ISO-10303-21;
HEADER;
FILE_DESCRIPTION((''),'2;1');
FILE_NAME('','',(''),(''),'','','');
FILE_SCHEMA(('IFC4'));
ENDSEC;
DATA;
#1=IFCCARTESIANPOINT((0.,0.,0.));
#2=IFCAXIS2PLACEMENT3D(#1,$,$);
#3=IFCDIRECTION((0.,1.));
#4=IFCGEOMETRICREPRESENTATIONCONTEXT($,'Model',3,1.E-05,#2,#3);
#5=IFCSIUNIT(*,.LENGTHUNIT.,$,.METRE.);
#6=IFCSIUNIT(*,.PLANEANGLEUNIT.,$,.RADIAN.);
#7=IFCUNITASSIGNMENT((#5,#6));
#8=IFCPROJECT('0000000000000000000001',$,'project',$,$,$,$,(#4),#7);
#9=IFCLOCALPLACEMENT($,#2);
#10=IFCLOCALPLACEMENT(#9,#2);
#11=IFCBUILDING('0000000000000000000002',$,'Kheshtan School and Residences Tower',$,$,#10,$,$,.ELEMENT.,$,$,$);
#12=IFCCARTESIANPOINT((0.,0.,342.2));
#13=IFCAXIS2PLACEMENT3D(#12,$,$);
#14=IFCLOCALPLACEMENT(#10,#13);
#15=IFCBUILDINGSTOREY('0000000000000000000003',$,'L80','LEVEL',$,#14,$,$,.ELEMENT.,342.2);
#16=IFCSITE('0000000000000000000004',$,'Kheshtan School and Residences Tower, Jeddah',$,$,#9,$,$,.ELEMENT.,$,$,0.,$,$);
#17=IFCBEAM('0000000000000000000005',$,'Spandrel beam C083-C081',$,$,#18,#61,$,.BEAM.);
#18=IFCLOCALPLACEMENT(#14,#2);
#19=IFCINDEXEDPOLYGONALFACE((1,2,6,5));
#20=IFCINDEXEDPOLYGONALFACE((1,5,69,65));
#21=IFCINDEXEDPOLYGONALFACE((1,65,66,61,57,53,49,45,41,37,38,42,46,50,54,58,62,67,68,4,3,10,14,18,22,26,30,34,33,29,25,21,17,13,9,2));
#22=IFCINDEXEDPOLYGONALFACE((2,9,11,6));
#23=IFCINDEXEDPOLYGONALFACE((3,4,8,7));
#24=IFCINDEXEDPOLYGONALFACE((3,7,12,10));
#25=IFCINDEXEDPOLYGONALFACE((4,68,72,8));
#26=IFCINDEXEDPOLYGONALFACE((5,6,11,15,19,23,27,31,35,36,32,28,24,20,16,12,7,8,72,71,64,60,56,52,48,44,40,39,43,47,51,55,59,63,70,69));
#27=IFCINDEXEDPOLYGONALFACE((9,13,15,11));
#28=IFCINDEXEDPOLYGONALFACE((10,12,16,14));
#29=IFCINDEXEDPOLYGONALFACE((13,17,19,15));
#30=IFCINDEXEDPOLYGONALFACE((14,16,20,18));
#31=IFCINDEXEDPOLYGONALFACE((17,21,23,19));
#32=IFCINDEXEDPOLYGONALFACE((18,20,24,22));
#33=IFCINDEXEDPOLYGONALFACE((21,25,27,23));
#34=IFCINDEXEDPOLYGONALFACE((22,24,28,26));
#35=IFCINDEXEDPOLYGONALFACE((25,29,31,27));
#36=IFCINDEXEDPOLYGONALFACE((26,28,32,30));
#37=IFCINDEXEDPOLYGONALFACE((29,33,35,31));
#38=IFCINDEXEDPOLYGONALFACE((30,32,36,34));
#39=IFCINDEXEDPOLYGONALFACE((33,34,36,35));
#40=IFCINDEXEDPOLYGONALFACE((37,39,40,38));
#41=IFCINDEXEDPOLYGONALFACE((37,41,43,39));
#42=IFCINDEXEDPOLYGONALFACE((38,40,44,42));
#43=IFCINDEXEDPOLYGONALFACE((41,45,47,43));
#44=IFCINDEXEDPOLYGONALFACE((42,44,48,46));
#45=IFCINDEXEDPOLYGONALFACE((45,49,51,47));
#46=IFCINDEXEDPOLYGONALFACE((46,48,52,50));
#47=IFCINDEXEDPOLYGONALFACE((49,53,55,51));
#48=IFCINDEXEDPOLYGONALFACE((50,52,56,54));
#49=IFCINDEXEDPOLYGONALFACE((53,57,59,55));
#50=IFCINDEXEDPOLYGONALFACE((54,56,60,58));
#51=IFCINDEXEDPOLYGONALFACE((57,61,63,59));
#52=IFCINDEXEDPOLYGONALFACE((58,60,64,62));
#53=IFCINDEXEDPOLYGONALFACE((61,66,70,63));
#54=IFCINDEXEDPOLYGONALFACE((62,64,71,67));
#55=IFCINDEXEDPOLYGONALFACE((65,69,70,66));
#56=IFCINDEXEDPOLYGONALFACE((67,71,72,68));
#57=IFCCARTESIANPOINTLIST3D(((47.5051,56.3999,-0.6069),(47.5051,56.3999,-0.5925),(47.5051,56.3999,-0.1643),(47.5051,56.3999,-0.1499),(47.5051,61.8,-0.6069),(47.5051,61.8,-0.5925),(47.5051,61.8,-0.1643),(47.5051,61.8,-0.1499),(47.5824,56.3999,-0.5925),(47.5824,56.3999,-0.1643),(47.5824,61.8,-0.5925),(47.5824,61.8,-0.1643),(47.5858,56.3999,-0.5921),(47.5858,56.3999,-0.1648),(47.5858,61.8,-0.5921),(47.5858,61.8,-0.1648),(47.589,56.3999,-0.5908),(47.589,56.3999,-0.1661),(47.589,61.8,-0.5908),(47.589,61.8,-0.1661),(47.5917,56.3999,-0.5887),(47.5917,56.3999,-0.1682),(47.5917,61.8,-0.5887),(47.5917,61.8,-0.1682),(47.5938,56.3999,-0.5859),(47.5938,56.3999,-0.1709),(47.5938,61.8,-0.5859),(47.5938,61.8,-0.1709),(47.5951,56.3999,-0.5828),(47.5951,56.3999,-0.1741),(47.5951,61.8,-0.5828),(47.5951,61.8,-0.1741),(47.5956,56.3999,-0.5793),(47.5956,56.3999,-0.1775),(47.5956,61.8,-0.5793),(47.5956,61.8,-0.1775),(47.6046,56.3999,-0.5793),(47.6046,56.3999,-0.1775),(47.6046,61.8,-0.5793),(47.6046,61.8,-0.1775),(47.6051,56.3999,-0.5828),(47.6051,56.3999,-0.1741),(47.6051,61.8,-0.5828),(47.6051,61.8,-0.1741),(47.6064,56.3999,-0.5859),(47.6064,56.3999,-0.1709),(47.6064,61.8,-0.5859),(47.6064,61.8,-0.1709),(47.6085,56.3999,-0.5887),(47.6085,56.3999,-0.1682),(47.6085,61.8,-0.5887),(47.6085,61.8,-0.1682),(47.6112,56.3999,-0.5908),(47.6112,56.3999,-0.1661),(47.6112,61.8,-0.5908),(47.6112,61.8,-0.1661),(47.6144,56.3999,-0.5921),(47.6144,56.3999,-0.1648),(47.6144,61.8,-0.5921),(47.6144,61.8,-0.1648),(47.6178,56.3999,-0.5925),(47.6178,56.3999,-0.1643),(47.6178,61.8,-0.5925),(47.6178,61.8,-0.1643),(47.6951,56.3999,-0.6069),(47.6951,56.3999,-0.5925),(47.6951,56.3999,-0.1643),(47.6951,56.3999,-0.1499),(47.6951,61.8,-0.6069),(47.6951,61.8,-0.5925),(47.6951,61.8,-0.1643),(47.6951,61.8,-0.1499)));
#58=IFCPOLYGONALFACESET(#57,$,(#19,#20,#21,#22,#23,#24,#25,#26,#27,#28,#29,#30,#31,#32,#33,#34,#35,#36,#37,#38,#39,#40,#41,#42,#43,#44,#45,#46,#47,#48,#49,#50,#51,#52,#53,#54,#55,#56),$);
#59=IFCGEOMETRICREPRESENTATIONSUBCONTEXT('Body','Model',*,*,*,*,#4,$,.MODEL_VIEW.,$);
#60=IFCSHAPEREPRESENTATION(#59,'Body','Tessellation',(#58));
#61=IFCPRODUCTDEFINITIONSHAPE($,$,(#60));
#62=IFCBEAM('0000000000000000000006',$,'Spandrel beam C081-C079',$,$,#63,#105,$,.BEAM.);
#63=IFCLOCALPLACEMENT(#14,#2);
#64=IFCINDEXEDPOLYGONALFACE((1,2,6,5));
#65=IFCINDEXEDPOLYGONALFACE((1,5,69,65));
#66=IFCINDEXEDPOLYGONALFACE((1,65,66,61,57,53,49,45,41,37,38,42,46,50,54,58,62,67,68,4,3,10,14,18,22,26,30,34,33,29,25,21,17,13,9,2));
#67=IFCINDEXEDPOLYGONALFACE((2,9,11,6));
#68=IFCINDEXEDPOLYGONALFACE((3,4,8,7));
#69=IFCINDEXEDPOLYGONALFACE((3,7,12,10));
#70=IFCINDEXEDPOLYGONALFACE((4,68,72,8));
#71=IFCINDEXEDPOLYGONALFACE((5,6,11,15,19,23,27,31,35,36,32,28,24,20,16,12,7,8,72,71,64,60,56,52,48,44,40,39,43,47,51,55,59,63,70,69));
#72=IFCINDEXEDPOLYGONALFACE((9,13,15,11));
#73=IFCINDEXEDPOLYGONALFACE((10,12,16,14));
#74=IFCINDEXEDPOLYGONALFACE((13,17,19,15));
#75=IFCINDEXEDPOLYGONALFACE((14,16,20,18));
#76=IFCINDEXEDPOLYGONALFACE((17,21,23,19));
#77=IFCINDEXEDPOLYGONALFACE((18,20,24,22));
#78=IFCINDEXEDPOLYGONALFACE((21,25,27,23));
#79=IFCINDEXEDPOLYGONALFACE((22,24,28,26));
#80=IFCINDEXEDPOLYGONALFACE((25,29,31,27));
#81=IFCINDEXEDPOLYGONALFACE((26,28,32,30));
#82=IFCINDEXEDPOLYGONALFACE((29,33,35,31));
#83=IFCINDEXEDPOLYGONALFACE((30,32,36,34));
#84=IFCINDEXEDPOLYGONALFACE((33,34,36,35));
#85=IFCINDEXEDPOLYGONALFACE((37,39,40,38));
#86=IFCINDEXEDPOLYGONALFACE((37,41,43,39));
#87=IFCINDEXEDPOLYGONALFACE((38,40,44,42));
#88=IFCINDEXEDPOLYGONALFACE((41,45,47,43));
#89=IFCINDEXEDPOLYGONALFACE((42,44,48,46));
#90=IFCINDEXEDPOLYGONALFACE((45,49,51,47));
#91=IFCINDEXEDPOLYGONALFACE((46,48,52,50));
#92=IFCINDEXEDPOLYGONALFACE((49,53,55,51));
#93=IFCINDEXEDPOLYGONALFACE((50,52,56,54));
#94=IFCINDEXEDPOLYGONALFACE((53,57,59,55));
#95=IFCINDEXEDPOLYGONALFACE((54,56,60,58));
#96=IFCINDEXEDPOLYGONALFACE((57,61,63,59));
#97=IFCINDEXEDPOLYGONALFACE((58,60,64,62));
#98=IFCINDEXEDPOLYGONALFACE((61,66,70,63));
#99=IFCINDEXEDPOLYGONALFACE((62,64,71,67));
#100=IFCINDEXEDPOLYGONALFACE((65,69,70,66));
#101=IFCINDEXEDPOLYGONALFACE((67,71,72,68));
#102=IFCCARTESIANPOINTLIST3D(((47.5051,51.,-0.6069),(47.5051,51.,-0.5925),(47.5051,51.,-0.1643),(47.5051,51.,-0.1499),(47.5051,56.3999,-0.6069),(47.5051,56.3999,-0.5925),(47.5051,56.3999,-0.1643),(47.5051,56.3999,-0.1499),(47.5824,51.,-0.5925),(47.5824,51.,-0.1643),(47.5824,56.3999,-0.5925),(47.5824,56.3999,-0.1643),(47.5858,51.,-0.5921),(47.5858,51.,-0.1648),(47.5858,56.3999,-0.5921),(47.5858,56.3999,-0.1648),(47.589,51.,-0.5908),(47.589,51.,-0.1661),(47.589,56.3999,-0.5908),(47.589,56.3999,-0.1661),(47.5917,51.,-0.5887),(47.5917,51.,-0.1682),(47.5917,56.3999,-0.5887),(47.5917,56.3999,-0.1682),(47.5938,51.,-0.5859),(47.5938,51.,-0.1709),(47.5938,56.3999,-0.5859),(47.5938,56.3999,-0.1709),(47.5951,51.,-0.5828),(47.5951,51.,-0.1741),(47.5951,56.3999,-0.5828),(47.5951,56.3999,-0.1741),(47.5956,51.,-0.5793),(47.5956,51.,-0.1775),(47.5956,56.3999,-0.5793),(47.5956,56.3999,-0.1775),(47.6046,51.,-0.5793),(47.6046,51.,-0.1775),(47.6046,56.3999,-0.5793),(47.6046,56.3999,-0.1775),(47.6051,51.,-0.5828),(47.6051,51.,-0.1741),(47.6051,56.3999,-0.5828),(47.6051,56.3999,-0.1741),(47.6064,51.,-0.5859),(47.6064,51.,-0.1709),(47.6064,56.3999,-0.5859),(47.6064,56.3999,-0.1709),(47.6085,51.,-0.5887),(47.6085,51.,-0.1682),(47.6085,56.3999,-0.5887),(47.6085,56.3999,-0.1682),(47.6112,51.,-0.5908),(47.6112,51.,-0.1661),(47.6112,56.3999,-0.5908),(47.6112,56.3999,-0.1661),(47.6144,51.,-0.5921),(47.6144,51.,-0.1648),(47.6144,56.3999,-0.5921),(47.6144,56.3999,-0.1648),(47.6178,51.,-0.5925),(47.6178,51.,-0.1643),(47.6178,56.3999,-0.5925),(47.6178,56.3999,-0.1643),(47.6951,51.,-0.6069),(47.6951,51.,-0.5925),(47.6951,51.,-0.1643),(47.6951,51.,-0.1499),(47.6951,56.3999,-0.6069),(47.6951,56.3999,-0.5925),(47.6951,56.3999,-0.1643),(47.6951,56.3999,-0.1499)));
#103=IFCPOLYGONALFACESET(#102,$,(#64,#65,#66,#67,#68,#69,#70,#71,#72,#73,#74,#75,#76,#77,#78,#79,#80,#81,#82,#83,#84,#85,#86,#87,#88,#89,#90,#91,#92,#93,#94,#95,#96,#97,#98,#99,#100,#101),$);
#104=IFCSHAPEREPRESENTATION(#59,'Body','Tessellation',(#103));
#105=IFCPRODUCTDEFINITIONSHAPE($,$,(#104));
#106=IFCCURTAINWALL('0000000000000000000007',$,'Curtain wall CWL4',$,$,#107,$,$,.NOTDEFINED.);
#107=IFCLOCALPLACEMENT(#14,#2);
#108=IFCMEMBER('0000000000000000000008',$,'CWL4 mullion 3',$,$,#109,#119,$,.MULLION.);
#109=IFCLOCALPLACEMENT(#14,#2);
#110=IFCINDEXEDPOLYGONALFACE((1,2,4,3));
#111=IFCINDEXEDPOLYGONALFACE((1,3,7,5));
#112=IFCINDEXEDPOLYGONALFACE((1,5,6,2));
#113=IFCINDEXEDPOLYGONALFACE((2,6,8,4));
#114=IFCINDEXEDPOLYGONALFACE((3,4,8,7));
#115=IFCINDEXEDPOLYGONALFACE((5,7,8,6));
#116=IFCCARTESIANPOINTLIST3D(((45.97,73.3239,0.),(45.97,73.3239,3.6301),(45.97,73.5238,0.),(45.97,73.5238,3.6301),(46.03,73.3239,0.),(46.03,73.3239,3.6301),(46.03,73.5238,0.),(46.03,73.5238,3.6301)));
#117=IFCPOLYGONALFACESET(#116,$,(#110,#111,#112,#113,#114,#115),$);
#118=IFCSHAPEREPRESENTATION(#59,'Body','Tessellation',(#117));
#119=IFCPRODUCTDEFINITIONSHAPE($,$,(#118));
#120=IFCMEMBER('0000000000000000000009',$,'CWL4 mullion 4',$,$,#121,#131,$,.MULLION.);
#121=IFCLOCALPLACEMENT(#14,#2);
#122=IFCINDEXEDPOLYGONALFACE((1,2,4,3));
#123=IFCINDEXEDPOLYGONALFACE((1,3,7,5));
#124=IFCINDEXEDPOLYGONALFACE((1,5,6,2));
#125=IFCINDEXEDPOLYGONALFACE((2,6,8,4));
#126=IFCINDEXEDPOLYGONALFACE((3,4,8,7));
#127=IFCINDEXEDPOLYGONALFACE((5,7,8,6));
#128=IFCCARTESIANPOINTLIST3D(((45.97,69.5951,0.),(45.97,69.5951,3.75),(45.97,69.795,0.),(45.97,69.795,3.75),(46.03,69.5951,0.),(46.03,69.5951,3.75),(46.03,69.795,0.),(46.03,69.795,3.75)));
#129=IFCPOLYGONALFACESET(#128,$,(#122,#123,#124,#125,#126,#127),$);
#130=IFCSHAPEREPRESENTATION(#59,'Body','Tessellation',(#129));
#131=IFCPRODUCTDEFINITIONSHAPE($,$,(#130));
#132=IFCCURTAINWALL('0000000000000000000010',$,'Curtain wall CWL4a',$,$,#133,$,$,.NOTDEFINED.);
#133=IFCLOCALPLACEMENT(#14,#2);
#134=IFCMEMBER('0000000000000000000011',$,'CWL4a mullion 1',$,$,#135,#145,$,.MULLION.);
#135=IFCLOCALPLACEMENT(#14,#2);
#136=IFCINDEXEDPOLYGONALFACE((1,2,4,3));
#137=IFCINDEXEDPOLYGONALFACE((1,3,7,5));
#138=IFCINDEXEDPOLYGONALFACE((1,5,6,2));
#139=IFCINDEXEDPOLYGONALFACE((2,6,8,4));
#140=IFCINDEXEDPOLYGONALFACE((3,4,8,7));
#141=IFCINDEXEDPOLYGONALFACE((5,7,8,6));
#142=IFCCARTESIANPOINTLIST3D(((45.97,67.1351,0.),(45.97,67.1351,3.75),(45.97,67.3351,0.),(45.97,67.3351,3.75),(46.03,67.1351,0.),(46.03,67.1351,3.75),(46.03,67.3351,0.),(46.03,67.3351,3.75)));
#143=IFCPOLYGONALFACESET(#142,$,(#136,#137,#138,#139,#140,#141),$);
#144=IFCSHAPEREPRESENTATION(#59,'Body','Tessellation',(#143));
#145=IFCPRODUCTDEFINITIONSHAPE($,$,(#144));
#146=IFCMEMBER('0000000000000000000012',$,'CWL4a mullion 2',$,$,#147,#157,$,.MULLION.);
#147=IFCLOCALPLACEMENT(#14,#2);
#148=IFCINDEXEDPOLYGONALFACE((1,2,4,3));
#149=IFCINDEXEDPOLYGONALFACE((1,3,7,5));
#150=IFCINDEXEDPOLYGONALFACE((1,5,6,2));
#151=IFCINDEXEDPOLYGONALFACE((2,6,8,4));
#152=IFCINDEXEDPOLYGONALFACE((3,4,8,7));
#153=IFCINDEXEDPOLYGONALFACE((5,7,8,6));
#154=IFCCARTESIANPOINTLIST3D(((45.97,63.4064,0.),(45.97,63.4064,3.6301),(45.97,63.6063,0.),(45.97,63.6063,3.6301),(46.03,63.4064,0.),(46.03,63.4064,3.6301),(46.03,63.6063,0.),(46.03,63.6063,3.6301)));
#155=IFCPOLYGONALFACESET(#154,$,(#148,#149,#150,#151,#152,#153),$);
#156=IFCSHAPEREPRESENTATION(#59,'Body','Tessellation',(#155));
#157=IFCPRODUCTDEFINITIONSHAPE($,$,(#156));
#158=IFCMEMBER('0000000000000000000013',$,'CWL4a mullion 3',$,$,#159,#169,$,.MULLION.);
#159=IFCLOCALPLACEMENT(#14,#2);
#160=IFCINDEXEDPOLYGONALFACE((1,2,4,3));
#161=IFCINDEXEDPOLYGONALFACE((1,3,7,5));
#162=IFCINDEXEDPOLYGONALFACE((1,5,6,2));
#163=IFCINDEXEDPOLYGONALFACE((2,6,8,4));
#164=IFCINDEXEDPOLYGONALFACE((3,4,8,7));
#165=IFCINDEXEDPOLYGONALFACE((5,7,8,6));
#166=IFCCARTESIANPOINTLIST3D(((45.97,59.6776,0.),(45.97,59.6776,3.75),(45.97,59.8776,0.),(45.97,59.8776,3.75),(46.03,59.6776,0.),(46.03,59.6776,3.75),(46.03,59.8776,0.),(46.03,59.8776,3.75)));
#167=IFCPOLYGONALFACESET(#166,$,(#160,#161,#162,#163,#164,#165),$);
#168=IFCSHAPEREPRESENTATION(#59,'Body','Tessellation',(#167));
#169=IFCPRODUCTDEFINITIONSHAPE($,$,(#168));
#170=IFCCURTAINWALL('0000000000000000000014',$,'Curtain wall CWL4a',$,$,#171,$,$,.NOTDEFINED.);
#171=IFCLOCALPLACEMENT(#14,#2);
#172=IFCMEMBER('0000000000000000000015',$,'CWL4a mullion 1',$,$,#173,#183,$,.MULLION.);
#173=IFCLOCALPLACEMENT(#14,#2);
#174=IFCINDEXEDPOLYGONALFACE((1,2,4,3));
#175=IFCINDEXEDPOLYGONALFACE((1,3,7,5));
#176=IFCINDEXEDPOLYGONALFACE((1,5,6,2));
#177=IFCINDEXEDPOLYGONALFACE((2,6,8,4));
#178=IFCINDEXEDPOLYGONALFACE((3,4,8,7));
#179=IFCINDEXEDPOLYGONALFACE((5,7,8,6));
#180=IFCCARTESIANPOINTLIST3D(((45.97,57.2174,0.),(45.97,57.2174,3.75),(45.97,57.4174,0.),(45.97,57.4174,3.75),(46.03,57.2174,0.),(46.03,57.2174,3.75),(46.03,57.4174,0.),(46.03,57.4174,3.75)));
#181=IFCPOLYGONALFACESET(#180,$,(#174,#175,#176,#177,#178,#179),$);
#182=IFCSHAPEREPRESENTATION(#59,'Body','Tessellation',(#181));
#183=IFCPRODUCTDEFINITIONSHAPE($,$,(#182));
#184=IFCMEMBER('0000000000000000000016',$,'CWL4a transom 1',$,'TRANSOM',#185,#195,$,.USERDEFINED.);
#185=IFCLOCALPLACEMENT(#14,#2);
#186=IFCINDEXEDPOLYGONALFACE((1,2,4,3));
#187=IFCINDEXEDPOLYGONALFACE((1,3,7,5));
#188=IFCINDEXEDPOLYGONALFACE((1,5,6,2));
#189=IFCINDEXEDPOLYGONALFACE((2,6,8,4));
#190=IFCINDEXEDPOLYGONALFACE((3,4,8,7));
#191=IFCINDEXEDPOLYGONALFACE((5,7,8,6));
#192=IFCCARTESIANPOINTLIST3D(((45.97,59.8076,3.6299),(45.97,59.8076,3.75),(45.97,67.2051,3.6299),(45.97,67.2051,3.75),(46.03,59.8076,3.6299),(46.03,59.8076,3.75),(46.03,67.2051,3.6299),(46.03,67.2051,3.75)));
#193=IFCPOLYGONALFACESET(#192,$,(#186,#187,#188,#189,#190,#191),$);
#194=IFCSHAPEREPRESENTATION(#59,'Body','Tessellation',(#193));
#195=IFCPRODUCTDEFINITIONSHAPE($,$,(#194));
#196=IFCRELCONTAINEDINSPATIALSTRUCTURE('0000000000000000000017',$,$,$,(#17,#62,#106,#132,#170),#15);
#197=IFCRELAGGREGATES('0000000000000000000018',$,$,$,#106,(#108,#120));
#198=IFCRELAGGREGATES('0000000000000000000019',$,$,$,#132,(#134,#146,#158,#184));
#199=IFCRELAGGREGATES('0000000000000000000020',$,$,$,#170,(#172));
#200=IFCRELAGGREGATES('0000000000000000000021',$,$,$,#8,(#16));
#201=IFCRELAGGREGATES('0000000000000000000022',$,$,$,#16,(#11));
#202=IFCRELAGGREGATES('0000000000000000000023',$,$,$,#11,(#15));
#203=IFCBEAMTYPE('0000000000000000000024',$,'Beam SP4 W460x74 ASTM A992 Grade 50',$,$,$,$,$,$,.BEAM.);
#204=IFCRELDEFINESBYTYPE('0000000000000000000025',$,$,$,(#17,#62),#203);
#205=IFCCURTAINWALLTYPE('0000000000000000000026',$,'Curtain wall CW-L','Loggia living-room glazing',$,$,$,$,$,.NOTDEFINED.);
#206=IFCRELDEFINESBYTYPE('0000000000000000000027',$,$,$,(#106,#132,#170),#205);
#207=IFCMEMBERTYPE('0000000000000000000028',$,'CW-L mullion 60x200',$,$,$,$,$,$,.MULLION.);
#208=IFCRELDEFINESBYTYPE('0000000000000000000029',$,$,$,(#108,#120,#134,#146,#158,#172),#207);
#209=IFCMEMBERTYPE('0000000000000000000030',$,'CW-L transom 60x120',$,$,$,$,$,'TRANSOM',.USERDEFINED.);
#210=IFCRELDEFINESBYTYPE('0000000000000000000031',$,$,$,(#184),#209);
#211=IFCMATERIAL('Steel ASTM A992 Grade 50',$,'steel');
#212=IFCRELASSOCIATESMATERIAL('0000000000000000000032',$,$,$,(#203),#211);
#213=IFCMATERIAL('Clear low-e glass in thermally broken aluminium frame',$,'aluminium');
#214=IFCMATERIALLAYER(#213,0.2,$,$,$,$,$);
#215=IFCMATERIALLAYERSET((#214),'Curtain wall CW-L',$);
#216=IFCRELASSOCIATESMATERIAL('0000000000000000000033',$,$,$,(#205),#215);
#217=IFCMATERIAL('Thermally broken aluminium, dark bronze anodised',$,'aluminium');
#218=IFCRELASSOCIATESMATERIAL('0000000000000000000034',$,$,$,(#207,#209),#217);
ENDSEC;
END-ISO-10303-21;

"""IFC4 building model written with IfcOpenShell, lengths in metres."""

from ifc_helpers import new_model, si_unit, direction, frame, origin, origin_2d, place, context, subcontext, project, spatial, rectangle, i_section, extrude, material, layer, layer_set, material_profile, profile_set, type_object, element, aggregate, save


model = new_model("IFC4")

# Units and contexts
model_context = context("Model", 3, precision=1e-05, world=origin(), true_north=direction((0.0, 1.0)))
body_context = subcontext(model_context, "Body", "Model", "MODEL_VIEW")
ifc_project = project(units=[si_unit("LENGTHUNIT", "METRE"), si_unit("PLANEANGLEUNIT", "RADIAN")], contexts=[model_context])

# Site, building, storey
site_placement = place(None, origin())
site = spatial("IfcSite", under=ifc_project, at=site_placement, Name="Kheshtan School and Residences Tower, Jeddah", CompositionType="ELEMENT", RefElevation=0.0)
building_placement = place(site_placement, origin())
building = spatial("IfcBuilding", under=site, at=building_placement, Name="Kheshtan School and Residences Tower", CompositionType="ELEMENT")
storey_placement = place(building_placement, frame((0.0, 0.0, 342.2)))
storey = spatial("IfcBuildingStorey", under=building, at=storey_placement, Name="L80", Description="LEVEL", CompositionType="ELEMENT", Elevation=342.2)

# Shared definitions
ifc_material_1 = material(Name="Steel ASTM A992 Grade 50", Category="steel")

# Beams
ifc_material_profile_1 = material_profile(ifc_material_1, i_section(OverallWidth=0.1899, OverallDepth=0.457, WebThickness=0.009, FlangeThickness=0.0144, FilletRadius=0.0132, at=origin_2d()), Name="W460x74")
ifc_profile_set_1 = profile_set([ifc_material_profile_1], Name="Steel ASTM A992 Grade 50")
beam_type_1 = type_object("IfcBeamType", Name="Beam SP4 W460x74 ASTM A992 Grade 50", PredefinedType="BEAM", material=ifc_profile_set_1)
beam_1_placement = place(storey_placement, frame((47.6001, 61.8, -0.3784), z_axis=(0.0, -1.0, 0.0), x_axis=(1.0, 0.0, 0.0)))
element("IfcBeam", 1, at=beam_1_placement, inside=storey, type_object=beam_type_1, Name="Spandrel beam C083-C081", PredefinedType="BEAM", context=body_context, shape_type="SweptSolid", body=[
    extrude(i_section(OverallWidth=0.1899, OverallDepth=0.457, WebThickness=0.009, FlangeThickness=0.0144, FilletRadius=0.0132, at=origin_2d()), origin(), (0.0, 0.0, 1.0), 5.4001),
])
beam_2_placement = place(storey_placement, frame((47.6001, 56.3999, -0.3784), z_axis=(0.0, -1.0, 0.0), x_axis=(1.0, 0.0, 0.0)))
element("IfcBeam", 2, at=beam_2_placement, inside=storey, type_object=beam_type_1, Name="Spandrel beam C081-C079", PredefinedType="BEAM", context=body_context, shape_type="SweptSolid", body=[
    extrude(i_section(OverallWidth=0.1899, OverallDepth=0.457, WebThickness=0.009, FlangeThickness=0.0144, FilletRadius=0.0132, at=origin_2d()), origin(), (0.0, 0.0, 1.0), 5.3999),
])

# Curtain walls, members
ifc_material_2 = material(Name="Clear low-e glass in thermally broken aluminium frame", Category="aluminium")
ifc_layer_1 = layer(ifc_material_2, 0.2)
ifc_layer_set_1 = layer_set([ifc_layer_1], Name="Curtain wall CW-L")
curtain_wall_type = type_object("IfcCurtainWallType", Name="Curtain wall CW-L", Description="Loggia living-room glazing", PredefinedType="NOTDEFINED", material=ifc_layer_set_1)
curtain_wall_1_placement = place(storey_placement, origin())
curtain_wall_1 = element("IfcCurtainWall", 3, at=curtain_wall_1_placement, inside=storey, type_object=curtain_wall_type, Name="Curtain wall CWL4", PredefinedType="NOTDEFINED")
ifc_material_3 = material(Name="Thermally broken aluminium, dark bronze anodised", Category="aluminium")
ifc_material_profile_2 = material_profile(ifc_material_3, rectangle(XDim=0.0601, YDim=0.2, at=origin_2d()), Name="CW-L mullion 60x200")
ifc_profile_set_2 = profile_set([ifc_material_profile_2], Name="Thermally broken aluminium, dark bronze anodised")
member_type_1 = type_object("IfcMemberType", Name="CW-L mullion 60x200", PredefinedType="MULLION", material=ifc_profile_set_2)
member_1_placement = place(storey_placement, frame((46.0, 73.4238, 0.0), z_axis=(0.0, 0.0, 1.0), x_axis=(1.0, 0.0, 0.0)))
member_1 = element("IfcMember", 4, at=member_1_placement, type_object=member_type_1, Name="CWL4 mullion 3", PredefinedType="MULLION", context=body_context, shape_type="SweptSolid", body=[
    extrude(rectangle(XDim=0.0601, YDim=0.2, at=origin_2d()), origin(), (0.0, 0.0, 1.0), 3.6301),
])
member_2_placement = place(storey_placement, frame((46.0, 69.6951, 0.0), z_axis=(0.0, 0.0, 1.0), x_axis=(1.0, 0.0, 0.0)))
member_2 = element("IfcMember", 5, at=member_2_placement, type_object=member_type_1, Name="CWL4 mullion 4", PredefinedType="MULLION", context=body_context, shape_type="SweptSolid", body=[
    extrude(rectangle(XDim=0.0601, YDim=0.2, at=origin_2d()), origin(), (0.0, 0.0, 1.0), 3.75),
])
curtain_wall_2_placement = place(storey_placement, origin())
curtain_wall_2 = element("IfcCurtainWall", 6, at=curtain_wall_2_placement, inside=storey, type_object=curtain_wall_type, Name="Curtain wall CWL4a", PredefinedType="NOTDEFINED")
member_3_placement = place(storey_placement, frame((46.0, 67.2351, 0.0), z_axis=(0.0, 0.0, 1.0), x_axis=(1.0, 0.0, 0.0)))
member_3 = element("IfcMember", 7, at=member_3_placement, type_object=member_type_1, Name="CWL4a mullion 1", PredefinedType="MULLION", context=body_context, shape_type="SweptSolid", body=[
    extrude(rectangle(XDim=0.0601, YDim=0.2, at=origin_2d()), origin(), (0.0, 0.0, 1.0), 3.75),
])
member_4_placement = place(storey_placement, frame((46.0, 63.5063, 0.0), z_axis=(0.0, 0.0, 1.0), x_axis=(1.0, 0.0, 0.0)))
member_4 = element("IfcMember", 8, at=member_4_placement, type_object=member_type_1, Name="CWL4a mullion 2", PredefinedType="MULLION", context=body_context, shape_type="SweptSolid", body=[
    extrude(rectangle(XDim=0.0601, YDim=0.2, at=origin_2d()), origin(), (0.0, 0.0, 1.0), 3.6301),
])
member_5_placement = place(storey_placement, frame((46.0, 59.7776, 0.0), z_axis=(0.0, 0.0, 1.0), x_axis=(1.0, 0.0, 0.0)))
member_5 = element("IfcMember", 9, at=member_5_placement, type_object=member_type_1, Name="CWL4a mullion 3", PredefinedType="MULLION", context=body_context, shape_type="SweptSolid", body=[
    extrude(rectangle(XDim=0.0601, YDim=0.2, at=origin_2d()), origin(), (0.0, 0.0, 1.0), 3.75),
])

# Curtain wall, member
curtain_wall_3_placement = place(storey_placement, origin())
curtain_wall_3 = element("IfcCurtainWall", 10, at=curtain_wall_3_placement, inside=storey, type_object=curtain_wall_type, Name="Curtain wall CWL4a", PredefinedType="NOTDEFINED")
member_6_placement = place(storey_placement, frame((46.0, 57.3174, 0.0), z_axis=(0.0, 0.0, 1.0), x_axis=(1.0, 0.0, 0.0)))
member_6 = element("IfcMember", 11, at=member_6_placement, type_object=member_type_1, Name="CWL4a mullion 1", PredefinedType="MULLION", context=body_context, shape_type="SweptSolid", body=[
    extrude(rectangle(XDim=0.0601, YDim=0.2, at=origin_2d()), origin(), (0.0, 0.0, 1.0), 3.75),
])

# Member
ifc_material_profile_3 = material_profile(ifc_material_3, rectangle(XDim=0.0601, YDim=0.1201, at=origin_2d()), Name="CW-L transom 60x120")
ifc_profile_set_3 = profile_set([ifc_material_profile_3], Name="Thermally broken aluminium, dark bronze anodised")
member_type_2 = type_object("IfcMemberType", Name="CW-L transom 60x120", ElementType="TRANSOM", PredefinedType="USERDEFINED", material=ifc_profile_set_3)
member_7_placement = place(storey_placement, frame((46.0, 67.2051, 3.6899), z_axis=(0.0, -1.0, 0.0), x_axis=(1.0, 0.0, 0.0)))
member_7 = element("IfcMember", 12, at=member_7_placement, type_object=member_type_2, Name="CWL4a transom 1", ObjectType="TRANSOM", PredefinedType="USERDEFINED", context=body_context, shape_type="SweptSolid", body=[
    extrude(rectangle(XDim=0.0601, YDim=0.1201, at=origin_2d()), origin(), (0.0, 0.0, 1.0), 7.3975),
])

aggregate(curtain_wall_1, [member_1, member_2])
aggregate(curtain_wall_2, [member_3, member_4, member_5, member_7])
aggregate(curtain_wall_3, [member_6])

save(model, "model.ifc")
